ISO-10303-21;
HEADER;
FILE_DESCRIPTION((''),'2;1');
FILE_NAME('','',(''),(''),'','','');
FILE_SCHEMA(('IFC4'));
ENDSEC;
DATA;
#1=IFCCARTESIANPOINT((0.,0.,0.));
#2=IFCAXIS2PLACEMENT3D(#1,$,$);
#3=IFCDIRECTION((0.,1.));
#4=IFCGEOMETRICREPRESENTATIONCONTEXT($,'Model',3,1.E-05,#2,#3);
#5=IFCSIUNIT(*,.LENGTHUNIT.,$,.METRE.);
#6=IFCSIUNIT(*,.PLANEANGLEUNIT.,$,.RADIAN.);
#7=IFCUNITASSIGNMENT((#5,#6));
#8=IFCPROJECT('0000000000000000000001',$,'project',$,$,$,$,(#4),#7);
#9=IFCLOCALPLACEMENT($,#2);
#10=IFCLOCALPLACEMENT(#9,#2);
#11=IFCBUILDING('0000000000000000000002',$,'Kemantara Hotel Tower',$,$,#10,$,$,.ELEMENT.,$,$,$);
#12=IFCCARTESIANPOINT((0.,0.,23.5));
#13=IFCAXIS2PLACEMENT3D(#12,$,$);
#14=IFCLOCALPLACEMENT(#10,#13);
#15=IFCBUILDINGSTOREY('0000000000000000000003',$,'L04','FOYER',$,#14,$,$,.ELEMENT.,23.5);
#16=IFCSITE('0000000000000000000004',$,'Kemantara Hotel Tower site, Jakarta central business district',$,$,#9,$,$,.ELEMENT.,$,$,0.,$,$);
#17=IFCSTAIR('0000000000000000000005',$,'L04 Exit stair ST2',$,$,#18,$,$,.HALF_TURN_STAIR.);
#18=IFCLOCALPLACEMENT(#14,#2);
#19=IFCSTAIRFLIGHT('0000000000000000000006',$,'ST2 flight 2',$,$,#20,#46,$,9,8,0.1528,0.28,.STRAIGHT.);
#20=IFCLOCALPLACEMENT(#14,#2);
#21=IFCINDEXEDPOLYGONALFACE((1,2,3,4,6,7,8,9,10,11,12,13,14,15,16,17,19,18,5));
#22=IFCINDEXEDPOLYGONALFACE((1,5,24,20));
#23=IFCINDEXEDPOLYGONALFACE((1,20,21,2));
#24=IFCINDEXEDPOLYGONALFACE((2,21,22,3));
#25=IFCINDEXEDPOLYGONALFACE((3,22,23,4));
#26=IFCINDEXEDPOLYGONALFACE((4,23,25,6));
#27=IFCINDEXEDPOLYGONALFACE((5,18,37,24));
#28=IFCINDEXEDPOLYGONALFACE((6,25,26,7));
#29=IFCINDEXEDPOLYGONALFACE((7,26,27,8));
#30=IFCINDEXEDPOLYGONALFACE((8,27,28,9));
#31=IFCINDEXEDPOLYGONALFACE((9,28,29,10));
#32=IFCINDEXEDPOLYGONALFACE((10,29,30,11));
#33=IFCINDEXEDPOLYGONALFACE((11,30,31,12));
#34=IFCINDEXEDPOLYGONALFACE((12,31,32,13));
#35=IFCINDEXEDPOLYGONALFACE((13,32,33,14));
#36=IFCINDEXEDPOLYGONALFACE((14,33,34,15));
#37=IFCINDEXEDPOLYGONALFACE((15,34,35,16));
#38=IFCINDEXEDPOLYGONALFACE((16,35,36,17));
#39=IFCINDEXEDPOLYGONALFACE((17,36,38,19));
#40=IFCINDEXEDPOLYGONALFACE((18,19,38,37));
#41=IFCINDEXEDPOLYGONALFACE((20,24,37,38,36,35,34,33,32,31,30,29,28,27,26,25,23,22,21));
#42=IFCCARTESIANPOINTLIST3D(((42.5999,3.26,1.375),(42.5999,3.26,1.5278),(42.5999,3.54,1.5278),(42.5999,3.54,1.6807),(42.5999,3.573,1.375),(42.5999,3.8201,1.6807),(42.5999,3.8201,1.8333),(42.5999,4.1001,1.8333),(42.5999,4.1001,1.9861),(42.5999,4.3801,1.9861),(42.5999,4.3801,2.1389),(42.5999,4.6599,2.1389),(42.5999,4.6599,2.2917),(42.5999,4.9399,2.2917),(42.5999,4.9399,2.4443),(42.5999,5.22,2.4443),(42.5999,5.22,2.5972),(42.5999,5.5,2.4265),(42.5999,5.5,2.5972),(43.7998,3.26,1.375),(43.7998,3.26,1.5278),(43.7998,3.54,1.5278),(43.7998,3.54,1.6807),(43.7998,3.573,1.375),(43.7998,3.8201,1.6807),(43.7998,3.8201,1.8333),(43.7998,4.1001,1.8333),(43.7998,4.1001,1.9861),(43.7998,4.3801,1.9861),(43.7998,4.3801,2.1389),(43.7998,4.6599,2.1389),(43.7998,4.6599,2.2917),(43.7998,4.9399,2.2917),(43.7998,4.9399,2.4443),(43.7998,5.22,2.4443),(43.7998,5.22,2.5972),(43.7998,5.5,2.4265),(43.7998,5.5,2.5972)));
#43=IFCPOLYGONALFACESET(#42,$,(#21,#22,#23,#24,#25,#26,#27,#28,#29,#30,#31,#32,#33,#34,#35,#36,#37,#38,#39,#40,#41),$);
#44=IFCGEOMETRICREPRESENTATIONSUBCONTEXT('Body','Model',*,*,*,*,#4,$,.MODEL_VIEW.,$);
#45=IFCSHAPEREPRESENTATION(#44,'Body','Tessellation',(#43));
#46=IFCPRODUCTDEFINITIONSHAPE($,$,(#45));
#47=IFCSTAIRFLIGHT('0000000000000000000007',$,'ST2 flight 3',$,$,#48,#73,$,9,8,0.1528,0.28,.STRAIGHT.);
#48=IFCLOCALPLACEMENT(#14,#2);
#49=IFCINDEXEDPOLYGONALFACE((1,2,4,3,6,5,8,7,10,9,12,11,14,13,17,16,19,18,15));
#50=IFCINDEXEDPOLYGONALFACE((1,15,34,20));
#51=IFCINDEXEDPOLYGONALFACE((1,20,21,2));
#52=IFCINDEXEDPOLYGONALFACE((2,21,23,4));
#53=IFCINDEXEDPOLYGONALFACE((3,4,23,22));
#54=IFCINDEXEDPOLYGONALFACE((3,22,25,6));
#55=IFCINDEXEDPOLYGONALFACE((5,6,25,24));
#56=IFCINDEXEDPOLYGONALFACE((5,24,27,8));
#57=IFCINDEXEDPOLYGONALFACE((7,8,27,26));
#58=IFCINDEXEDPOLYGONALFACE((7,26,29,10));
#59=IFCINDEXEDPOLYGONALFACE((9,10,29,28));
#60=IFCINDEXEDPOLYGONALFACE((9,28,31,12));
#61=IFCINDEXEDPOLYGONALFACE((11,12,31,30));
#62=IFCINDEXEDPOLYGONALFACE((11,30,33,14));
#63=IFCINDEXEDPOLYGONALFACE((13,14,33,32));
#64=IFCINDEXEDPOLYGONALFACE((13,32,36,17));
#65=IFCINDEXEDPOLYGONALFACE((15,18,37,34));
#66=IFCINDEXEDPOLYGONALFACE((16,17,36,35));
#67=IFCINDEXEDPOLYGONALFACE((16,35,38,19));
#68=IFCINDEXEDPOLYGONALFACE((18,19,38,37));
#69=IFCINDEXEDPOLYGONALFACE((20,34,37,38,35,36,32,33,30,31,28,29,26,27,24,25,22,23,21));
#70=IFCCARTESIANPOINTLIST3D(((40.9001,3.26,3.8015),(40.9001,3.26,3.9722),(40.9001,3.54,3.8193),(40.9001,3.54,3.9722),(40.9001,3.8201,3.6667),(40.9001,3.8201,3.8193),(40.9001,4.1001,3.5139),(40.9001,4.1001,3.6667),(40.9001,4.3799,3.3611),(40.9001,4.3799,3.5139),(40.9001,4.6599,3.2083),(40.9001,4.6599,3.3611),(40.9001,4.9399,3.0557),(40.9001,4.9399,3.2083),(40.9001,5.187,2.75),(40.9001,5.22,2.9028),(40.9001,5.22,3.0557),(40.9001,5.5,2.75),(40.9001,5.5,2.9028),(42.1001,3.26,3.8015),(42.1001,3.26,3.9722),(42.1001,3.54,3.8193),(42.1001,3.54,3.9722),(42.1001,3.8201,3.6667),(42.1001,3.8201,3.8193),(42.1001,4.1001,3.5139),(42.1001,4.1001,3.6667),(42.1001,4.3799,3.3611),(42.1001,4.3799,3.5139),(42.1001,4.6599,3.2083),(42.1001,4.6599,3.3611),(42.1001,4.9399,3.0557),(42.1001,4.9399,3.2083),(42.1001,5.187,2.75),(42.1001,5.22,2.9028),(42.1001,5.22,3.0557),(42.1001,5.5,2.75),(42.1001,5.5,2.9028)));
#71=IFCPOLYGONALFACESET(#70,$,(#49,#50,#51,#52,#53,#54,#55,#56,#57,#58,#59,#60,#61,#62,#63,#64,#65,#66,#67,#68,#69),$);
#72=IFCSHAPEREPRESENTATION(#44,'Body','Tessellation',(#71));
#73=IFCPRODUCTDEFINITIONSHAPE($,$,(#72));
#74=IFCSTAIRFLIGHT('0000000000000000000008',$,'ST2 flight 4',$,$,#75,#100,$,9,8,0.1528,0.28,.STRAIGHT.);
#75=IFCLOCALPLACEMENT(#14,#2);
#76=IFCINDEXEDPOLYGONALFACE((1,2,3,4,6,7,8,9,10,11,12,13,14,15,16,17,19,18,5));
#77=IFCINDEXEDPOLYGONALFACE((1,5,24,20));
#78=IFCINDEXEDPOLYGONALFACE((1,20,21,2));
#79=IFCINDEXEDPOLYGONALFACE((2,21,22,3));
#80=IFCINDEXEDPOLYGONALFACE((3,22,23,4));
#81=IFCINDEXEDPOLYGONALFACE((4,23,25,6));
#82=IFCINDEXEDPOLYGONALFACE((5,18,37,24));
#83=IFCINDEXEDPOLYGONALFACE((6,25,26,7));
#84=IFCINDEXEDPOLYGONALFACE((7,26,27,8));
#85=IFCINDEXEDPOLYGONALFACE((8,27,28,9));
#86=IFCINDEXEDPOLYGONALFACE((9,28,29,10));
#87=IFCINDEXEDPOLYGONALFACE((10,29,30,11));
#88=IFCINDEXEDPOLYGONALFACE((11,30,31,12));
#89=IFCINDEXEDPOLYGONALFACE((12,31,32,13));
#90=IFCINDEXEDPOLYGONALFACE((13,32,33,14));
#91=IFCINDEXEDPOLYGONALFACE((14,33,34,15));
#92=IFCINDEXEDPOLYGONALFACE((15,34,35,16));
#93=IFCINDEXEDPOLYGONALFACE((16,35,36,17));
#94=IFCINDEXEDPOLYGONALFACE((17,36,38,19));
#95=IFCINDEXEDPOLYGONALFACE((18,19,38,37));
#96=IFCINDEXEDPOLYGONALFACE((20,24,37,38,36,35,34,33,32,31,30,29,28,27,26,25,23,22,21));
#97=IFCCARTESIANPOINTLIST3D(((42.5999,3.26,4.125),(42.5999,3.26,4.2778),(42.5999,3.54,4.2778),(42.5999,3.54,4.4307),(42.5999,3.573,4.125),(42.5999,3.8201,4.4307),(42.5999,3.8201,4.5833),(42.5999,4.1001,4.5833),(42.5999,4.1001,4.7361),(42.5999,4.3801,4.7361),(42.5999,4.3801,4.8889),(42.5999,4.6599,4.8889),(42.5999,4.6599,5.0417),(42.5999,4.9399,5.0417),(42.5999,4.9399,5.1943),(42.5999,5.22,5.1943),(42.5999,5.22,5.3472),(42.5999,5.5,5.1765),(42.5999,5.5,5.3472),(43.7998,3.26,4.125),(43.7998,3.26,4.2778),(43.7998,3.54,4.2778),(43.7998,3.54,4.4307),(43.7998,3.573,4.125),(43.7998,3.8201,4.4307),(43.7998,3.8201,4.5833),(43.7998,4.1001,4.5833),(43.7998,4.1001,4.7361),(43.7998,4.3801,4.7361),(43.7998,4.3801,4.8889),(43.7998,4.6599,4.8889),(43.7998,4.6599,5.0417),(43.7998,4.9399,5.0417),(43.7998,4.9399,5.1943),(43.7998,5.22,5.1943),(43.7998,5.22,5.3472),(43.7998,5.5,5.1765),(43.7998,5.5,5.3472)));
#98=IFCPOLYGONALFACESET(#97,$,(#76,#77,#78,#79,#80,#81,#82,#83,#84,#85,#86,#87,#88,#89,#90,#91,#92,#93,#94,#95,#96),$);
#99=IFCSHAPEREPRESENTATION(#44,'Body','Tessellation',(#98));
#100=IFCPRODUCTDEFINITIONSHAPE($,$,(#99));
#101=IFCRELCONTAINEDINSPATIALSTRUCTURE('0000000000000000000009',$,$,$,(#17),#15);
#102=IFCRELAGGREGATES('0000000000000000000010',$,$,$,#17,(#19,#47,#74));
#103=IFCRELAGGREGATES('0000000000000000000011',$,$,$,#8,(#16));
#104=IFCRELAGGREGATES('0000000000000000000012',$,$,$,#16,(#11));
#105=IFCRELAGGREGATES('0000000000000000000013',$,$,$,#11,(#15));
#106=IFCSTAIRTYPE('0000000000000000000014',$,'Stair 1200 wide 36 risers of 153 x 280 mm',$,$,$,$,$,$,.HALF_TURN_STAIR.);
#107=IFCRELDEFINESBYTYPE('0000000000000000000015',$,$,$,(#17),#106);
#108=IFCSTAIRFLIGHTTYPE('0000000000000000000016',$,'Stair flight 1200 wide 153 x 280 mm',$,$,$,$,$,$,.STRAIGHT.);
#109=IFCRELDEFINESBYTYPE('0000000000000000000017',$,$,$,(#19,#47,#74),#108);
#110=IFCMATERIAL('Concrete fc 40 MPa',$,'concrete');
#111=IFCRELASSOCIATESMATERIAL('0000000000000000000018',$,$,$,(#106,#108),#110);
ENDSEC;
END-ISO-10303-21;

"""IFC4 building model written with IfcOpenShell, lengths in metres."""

from ifc_helpers import new_model, si_unit, direction, frame, origin, place, context, subcontext, project, spatial, polyline, outline, extrude, material, type_object, element, aggregate, save


model = new_model("IFC4")

# Units and contexts
model_context = context("Model", 3, precision=1e-05, world=origin(), true_north=direction((0.0, 1.0)))
body_context = subcontext(model_context, "Body", "Model", "MODEL_VIEW")
ifc_project = project(units=[si_unit("LENGTHUNIT", "METRE"), si_unit("PLANEANGLEUNIT", "RADIAN")], contexts=[model_context])

# Site, building, storey
site_placement = place(None, origin())
site = spatial("IfcSite", under=ifc_project, at=site_placement, Name="Kemantara Hotel Tower site, Jakarta central business district", CompositionType="ELEMENT", RefElevation=0.0)
building_placement = place(site_placement, origin())
building = spatial("IfcBuilding", under=site, at=building_placement, Name="Kemantara Hotel Tower", CompositionType="ELEMENT")
storey_placement = place(building_placement, frame((0.0, 0.0, 23.5)))
storey = spatial("IfcBuildingStorey", under=building, at=storey_placement, Name="L04", Description="FOYER", CompositionType="ELEMENT", Elevation=23.5)

# Stair, stair flights
ifc_material_1 = material(Name="Concrete fc 40 MPa", Category="concrete")
stair_type = type_object("IfcStairType", Name="Stair 1200 wide 36 risers of 153 x 280 mm", PredefinedType="HALF_TURN_STAIR", material=ifc_material_1)
stair_placement = place(storey_placement, origin())
stair = element("IfcStair", 1, at=stair_placement, inside=storey, type_object=stair_type, Name="L04 Exit stair ST2", PredefinedType="HALF_TURN_STAIR")
stair_flight_type = type_object("IfcStairFlightType", Name="Stair flight 1200 wide 153 x 280 mm", PredefinedType="STRAIGHT", material=ifc_material_1)
stair_flight_1_placement = place(storey_placement, frame((43.2, 3.26, 1.375), z_axis=(0.0, 0.0, 1.0), x_axis=(0.0, 1.0, 0.0)))
stair_flight_1 = element("IfcStairFlight", 2, at=stair_flight_1_placement, type_object=stair_flight_type, Name="ST2 flight 2", NumberOfRisers=9, NumberOfTreads=8, PredefinedType="STRAIGHT", RiserHeight=0.1528, TreadLength=0.28, context=body_context, shape_type="SweptSolid", body=[
    extrude(outline(polyline([(0.0, 0.0), (0.0, 0.1528), (0.28, 0.1528), (0.28, 0.3057), (0.5601, 0.3057), (0.5601, 0.4583), (0.8401, 0.4583), (0.8401, 0.6111), (1.1201, 0.6111), (1.1201, 0.7639), (1.3999, 0.7639), (1.3999, 0.9167), (1.6799, 0.9167), (1.6799, 1.0693), (1.96, 1.0693), (1.96, 1.2222), (2.24, 1.2222), (2.24, 1.375), (2.24, 1.0515), (0.313, 0.0), (0.0, 0.0)])), frame((0.0, 0.6001, 0.0), z_axis=(0.0, -1.0, 0.0), x_axis=(1.0, 0.0, 0.0)), (0.0, 0.0, 1.0), 1.2),
])
stair_flight_2_placement = place(storey_placement, frame((41.5, 5.5, 2.75), z_axis=(0.0, 0.0, 1.0), x_axis=(0.0, -1.0, 0.0)))
stair_flight_2 = element("IfcStairFlight", 3, at=stair_flight_2_placement, type_object=stair_flight_type, Name="ST2 flight 3", NumberOfRisers=9, NumberOfTreads=8, PredefinedType="STRAIGHT", RiserHeight=0.1528, TreadLength=0.28, context=body_context, shape_type="SweptSolid", body=[
    extrude(outline(polyline([(0.0, 0.0), (0.0, 0.1528), (0.28, 0.1528), (0.28, 0.3057), (0.5601, 0.3057), (0.5601, 0.4583), (0.8401, 0.4583), (0.8401, 0.6111), (1.1201, 0.6111), (1.1201, 0.7639), (1.3999, 0.7639), (1.3999, 0.9167), (1.6799, 0.9167), (1.6799, 1.0693), (1.96, 1.0693), (1.96, 1.2222), (2.24, 1.2222), (2.24, 1.375), (2.24, 1.0515), (0.313, 0.0), (0.0, 0.0)])), frame((0.0, 0.6001, 0.0), z_axis=(0.0, -1.0, 0.0), x_axis=(1.0, 0.0, 0.0)), (0.0, 0.0, 1.0), 1.2),
])
stair_flight_3_placement = place(storey_placement, frame((43.2, 3.26, 4.125), z_axis=(0.0, 0.0, 1.0), x_axis=(0.0, 1.0, 0.0)))
stair_flight_3 = element("IfcStairFlight", 4, at=stair_flight_3_placement, type_object=stair_flight_type, Name="ST2 flight 4", NumberOfRisers=9, NumberOfTreads=8, PredefinedType="STRAIGHT", RiserHeight=0.1528, TreadLength=0.28, context=body_context, shape_type="SweptSolid", body=[
    extrude(outline(polyline([(0.0, 0.0), (0.0, 0.1528), (0.28, 0.1528), (0.28, 0.3057), (0.5601, 0.3057), (0.5601, 0.4583), (0.8401, 0.4583), (0.8401, 0.6111), (1.1201, 0.6111), (1.1201, 0.7639), (1.3999, 0.7639), (1.3999, 0.9167), (1.6799, 0.9167), (1.6799, 1.0693), (1.96, 1.0693), (1.96, 1.2222), (2.24, 1.2222), (2.24, 1.375), (2.24, 1.0515), (0.313, 0.0), (0.0, 0.0)])), frame((0.0, 0.6001, 0.0), z_axis=(0.0, -1.0, 0.0), x_axis=(1.0, 0.0, 0.0)), (0.0, 0.0, 1.0), 1.2),
])
aggregate(stair, [stair_flight_1, stair_flight_2, stair_flight_3])

save(model, "model.ifc")
